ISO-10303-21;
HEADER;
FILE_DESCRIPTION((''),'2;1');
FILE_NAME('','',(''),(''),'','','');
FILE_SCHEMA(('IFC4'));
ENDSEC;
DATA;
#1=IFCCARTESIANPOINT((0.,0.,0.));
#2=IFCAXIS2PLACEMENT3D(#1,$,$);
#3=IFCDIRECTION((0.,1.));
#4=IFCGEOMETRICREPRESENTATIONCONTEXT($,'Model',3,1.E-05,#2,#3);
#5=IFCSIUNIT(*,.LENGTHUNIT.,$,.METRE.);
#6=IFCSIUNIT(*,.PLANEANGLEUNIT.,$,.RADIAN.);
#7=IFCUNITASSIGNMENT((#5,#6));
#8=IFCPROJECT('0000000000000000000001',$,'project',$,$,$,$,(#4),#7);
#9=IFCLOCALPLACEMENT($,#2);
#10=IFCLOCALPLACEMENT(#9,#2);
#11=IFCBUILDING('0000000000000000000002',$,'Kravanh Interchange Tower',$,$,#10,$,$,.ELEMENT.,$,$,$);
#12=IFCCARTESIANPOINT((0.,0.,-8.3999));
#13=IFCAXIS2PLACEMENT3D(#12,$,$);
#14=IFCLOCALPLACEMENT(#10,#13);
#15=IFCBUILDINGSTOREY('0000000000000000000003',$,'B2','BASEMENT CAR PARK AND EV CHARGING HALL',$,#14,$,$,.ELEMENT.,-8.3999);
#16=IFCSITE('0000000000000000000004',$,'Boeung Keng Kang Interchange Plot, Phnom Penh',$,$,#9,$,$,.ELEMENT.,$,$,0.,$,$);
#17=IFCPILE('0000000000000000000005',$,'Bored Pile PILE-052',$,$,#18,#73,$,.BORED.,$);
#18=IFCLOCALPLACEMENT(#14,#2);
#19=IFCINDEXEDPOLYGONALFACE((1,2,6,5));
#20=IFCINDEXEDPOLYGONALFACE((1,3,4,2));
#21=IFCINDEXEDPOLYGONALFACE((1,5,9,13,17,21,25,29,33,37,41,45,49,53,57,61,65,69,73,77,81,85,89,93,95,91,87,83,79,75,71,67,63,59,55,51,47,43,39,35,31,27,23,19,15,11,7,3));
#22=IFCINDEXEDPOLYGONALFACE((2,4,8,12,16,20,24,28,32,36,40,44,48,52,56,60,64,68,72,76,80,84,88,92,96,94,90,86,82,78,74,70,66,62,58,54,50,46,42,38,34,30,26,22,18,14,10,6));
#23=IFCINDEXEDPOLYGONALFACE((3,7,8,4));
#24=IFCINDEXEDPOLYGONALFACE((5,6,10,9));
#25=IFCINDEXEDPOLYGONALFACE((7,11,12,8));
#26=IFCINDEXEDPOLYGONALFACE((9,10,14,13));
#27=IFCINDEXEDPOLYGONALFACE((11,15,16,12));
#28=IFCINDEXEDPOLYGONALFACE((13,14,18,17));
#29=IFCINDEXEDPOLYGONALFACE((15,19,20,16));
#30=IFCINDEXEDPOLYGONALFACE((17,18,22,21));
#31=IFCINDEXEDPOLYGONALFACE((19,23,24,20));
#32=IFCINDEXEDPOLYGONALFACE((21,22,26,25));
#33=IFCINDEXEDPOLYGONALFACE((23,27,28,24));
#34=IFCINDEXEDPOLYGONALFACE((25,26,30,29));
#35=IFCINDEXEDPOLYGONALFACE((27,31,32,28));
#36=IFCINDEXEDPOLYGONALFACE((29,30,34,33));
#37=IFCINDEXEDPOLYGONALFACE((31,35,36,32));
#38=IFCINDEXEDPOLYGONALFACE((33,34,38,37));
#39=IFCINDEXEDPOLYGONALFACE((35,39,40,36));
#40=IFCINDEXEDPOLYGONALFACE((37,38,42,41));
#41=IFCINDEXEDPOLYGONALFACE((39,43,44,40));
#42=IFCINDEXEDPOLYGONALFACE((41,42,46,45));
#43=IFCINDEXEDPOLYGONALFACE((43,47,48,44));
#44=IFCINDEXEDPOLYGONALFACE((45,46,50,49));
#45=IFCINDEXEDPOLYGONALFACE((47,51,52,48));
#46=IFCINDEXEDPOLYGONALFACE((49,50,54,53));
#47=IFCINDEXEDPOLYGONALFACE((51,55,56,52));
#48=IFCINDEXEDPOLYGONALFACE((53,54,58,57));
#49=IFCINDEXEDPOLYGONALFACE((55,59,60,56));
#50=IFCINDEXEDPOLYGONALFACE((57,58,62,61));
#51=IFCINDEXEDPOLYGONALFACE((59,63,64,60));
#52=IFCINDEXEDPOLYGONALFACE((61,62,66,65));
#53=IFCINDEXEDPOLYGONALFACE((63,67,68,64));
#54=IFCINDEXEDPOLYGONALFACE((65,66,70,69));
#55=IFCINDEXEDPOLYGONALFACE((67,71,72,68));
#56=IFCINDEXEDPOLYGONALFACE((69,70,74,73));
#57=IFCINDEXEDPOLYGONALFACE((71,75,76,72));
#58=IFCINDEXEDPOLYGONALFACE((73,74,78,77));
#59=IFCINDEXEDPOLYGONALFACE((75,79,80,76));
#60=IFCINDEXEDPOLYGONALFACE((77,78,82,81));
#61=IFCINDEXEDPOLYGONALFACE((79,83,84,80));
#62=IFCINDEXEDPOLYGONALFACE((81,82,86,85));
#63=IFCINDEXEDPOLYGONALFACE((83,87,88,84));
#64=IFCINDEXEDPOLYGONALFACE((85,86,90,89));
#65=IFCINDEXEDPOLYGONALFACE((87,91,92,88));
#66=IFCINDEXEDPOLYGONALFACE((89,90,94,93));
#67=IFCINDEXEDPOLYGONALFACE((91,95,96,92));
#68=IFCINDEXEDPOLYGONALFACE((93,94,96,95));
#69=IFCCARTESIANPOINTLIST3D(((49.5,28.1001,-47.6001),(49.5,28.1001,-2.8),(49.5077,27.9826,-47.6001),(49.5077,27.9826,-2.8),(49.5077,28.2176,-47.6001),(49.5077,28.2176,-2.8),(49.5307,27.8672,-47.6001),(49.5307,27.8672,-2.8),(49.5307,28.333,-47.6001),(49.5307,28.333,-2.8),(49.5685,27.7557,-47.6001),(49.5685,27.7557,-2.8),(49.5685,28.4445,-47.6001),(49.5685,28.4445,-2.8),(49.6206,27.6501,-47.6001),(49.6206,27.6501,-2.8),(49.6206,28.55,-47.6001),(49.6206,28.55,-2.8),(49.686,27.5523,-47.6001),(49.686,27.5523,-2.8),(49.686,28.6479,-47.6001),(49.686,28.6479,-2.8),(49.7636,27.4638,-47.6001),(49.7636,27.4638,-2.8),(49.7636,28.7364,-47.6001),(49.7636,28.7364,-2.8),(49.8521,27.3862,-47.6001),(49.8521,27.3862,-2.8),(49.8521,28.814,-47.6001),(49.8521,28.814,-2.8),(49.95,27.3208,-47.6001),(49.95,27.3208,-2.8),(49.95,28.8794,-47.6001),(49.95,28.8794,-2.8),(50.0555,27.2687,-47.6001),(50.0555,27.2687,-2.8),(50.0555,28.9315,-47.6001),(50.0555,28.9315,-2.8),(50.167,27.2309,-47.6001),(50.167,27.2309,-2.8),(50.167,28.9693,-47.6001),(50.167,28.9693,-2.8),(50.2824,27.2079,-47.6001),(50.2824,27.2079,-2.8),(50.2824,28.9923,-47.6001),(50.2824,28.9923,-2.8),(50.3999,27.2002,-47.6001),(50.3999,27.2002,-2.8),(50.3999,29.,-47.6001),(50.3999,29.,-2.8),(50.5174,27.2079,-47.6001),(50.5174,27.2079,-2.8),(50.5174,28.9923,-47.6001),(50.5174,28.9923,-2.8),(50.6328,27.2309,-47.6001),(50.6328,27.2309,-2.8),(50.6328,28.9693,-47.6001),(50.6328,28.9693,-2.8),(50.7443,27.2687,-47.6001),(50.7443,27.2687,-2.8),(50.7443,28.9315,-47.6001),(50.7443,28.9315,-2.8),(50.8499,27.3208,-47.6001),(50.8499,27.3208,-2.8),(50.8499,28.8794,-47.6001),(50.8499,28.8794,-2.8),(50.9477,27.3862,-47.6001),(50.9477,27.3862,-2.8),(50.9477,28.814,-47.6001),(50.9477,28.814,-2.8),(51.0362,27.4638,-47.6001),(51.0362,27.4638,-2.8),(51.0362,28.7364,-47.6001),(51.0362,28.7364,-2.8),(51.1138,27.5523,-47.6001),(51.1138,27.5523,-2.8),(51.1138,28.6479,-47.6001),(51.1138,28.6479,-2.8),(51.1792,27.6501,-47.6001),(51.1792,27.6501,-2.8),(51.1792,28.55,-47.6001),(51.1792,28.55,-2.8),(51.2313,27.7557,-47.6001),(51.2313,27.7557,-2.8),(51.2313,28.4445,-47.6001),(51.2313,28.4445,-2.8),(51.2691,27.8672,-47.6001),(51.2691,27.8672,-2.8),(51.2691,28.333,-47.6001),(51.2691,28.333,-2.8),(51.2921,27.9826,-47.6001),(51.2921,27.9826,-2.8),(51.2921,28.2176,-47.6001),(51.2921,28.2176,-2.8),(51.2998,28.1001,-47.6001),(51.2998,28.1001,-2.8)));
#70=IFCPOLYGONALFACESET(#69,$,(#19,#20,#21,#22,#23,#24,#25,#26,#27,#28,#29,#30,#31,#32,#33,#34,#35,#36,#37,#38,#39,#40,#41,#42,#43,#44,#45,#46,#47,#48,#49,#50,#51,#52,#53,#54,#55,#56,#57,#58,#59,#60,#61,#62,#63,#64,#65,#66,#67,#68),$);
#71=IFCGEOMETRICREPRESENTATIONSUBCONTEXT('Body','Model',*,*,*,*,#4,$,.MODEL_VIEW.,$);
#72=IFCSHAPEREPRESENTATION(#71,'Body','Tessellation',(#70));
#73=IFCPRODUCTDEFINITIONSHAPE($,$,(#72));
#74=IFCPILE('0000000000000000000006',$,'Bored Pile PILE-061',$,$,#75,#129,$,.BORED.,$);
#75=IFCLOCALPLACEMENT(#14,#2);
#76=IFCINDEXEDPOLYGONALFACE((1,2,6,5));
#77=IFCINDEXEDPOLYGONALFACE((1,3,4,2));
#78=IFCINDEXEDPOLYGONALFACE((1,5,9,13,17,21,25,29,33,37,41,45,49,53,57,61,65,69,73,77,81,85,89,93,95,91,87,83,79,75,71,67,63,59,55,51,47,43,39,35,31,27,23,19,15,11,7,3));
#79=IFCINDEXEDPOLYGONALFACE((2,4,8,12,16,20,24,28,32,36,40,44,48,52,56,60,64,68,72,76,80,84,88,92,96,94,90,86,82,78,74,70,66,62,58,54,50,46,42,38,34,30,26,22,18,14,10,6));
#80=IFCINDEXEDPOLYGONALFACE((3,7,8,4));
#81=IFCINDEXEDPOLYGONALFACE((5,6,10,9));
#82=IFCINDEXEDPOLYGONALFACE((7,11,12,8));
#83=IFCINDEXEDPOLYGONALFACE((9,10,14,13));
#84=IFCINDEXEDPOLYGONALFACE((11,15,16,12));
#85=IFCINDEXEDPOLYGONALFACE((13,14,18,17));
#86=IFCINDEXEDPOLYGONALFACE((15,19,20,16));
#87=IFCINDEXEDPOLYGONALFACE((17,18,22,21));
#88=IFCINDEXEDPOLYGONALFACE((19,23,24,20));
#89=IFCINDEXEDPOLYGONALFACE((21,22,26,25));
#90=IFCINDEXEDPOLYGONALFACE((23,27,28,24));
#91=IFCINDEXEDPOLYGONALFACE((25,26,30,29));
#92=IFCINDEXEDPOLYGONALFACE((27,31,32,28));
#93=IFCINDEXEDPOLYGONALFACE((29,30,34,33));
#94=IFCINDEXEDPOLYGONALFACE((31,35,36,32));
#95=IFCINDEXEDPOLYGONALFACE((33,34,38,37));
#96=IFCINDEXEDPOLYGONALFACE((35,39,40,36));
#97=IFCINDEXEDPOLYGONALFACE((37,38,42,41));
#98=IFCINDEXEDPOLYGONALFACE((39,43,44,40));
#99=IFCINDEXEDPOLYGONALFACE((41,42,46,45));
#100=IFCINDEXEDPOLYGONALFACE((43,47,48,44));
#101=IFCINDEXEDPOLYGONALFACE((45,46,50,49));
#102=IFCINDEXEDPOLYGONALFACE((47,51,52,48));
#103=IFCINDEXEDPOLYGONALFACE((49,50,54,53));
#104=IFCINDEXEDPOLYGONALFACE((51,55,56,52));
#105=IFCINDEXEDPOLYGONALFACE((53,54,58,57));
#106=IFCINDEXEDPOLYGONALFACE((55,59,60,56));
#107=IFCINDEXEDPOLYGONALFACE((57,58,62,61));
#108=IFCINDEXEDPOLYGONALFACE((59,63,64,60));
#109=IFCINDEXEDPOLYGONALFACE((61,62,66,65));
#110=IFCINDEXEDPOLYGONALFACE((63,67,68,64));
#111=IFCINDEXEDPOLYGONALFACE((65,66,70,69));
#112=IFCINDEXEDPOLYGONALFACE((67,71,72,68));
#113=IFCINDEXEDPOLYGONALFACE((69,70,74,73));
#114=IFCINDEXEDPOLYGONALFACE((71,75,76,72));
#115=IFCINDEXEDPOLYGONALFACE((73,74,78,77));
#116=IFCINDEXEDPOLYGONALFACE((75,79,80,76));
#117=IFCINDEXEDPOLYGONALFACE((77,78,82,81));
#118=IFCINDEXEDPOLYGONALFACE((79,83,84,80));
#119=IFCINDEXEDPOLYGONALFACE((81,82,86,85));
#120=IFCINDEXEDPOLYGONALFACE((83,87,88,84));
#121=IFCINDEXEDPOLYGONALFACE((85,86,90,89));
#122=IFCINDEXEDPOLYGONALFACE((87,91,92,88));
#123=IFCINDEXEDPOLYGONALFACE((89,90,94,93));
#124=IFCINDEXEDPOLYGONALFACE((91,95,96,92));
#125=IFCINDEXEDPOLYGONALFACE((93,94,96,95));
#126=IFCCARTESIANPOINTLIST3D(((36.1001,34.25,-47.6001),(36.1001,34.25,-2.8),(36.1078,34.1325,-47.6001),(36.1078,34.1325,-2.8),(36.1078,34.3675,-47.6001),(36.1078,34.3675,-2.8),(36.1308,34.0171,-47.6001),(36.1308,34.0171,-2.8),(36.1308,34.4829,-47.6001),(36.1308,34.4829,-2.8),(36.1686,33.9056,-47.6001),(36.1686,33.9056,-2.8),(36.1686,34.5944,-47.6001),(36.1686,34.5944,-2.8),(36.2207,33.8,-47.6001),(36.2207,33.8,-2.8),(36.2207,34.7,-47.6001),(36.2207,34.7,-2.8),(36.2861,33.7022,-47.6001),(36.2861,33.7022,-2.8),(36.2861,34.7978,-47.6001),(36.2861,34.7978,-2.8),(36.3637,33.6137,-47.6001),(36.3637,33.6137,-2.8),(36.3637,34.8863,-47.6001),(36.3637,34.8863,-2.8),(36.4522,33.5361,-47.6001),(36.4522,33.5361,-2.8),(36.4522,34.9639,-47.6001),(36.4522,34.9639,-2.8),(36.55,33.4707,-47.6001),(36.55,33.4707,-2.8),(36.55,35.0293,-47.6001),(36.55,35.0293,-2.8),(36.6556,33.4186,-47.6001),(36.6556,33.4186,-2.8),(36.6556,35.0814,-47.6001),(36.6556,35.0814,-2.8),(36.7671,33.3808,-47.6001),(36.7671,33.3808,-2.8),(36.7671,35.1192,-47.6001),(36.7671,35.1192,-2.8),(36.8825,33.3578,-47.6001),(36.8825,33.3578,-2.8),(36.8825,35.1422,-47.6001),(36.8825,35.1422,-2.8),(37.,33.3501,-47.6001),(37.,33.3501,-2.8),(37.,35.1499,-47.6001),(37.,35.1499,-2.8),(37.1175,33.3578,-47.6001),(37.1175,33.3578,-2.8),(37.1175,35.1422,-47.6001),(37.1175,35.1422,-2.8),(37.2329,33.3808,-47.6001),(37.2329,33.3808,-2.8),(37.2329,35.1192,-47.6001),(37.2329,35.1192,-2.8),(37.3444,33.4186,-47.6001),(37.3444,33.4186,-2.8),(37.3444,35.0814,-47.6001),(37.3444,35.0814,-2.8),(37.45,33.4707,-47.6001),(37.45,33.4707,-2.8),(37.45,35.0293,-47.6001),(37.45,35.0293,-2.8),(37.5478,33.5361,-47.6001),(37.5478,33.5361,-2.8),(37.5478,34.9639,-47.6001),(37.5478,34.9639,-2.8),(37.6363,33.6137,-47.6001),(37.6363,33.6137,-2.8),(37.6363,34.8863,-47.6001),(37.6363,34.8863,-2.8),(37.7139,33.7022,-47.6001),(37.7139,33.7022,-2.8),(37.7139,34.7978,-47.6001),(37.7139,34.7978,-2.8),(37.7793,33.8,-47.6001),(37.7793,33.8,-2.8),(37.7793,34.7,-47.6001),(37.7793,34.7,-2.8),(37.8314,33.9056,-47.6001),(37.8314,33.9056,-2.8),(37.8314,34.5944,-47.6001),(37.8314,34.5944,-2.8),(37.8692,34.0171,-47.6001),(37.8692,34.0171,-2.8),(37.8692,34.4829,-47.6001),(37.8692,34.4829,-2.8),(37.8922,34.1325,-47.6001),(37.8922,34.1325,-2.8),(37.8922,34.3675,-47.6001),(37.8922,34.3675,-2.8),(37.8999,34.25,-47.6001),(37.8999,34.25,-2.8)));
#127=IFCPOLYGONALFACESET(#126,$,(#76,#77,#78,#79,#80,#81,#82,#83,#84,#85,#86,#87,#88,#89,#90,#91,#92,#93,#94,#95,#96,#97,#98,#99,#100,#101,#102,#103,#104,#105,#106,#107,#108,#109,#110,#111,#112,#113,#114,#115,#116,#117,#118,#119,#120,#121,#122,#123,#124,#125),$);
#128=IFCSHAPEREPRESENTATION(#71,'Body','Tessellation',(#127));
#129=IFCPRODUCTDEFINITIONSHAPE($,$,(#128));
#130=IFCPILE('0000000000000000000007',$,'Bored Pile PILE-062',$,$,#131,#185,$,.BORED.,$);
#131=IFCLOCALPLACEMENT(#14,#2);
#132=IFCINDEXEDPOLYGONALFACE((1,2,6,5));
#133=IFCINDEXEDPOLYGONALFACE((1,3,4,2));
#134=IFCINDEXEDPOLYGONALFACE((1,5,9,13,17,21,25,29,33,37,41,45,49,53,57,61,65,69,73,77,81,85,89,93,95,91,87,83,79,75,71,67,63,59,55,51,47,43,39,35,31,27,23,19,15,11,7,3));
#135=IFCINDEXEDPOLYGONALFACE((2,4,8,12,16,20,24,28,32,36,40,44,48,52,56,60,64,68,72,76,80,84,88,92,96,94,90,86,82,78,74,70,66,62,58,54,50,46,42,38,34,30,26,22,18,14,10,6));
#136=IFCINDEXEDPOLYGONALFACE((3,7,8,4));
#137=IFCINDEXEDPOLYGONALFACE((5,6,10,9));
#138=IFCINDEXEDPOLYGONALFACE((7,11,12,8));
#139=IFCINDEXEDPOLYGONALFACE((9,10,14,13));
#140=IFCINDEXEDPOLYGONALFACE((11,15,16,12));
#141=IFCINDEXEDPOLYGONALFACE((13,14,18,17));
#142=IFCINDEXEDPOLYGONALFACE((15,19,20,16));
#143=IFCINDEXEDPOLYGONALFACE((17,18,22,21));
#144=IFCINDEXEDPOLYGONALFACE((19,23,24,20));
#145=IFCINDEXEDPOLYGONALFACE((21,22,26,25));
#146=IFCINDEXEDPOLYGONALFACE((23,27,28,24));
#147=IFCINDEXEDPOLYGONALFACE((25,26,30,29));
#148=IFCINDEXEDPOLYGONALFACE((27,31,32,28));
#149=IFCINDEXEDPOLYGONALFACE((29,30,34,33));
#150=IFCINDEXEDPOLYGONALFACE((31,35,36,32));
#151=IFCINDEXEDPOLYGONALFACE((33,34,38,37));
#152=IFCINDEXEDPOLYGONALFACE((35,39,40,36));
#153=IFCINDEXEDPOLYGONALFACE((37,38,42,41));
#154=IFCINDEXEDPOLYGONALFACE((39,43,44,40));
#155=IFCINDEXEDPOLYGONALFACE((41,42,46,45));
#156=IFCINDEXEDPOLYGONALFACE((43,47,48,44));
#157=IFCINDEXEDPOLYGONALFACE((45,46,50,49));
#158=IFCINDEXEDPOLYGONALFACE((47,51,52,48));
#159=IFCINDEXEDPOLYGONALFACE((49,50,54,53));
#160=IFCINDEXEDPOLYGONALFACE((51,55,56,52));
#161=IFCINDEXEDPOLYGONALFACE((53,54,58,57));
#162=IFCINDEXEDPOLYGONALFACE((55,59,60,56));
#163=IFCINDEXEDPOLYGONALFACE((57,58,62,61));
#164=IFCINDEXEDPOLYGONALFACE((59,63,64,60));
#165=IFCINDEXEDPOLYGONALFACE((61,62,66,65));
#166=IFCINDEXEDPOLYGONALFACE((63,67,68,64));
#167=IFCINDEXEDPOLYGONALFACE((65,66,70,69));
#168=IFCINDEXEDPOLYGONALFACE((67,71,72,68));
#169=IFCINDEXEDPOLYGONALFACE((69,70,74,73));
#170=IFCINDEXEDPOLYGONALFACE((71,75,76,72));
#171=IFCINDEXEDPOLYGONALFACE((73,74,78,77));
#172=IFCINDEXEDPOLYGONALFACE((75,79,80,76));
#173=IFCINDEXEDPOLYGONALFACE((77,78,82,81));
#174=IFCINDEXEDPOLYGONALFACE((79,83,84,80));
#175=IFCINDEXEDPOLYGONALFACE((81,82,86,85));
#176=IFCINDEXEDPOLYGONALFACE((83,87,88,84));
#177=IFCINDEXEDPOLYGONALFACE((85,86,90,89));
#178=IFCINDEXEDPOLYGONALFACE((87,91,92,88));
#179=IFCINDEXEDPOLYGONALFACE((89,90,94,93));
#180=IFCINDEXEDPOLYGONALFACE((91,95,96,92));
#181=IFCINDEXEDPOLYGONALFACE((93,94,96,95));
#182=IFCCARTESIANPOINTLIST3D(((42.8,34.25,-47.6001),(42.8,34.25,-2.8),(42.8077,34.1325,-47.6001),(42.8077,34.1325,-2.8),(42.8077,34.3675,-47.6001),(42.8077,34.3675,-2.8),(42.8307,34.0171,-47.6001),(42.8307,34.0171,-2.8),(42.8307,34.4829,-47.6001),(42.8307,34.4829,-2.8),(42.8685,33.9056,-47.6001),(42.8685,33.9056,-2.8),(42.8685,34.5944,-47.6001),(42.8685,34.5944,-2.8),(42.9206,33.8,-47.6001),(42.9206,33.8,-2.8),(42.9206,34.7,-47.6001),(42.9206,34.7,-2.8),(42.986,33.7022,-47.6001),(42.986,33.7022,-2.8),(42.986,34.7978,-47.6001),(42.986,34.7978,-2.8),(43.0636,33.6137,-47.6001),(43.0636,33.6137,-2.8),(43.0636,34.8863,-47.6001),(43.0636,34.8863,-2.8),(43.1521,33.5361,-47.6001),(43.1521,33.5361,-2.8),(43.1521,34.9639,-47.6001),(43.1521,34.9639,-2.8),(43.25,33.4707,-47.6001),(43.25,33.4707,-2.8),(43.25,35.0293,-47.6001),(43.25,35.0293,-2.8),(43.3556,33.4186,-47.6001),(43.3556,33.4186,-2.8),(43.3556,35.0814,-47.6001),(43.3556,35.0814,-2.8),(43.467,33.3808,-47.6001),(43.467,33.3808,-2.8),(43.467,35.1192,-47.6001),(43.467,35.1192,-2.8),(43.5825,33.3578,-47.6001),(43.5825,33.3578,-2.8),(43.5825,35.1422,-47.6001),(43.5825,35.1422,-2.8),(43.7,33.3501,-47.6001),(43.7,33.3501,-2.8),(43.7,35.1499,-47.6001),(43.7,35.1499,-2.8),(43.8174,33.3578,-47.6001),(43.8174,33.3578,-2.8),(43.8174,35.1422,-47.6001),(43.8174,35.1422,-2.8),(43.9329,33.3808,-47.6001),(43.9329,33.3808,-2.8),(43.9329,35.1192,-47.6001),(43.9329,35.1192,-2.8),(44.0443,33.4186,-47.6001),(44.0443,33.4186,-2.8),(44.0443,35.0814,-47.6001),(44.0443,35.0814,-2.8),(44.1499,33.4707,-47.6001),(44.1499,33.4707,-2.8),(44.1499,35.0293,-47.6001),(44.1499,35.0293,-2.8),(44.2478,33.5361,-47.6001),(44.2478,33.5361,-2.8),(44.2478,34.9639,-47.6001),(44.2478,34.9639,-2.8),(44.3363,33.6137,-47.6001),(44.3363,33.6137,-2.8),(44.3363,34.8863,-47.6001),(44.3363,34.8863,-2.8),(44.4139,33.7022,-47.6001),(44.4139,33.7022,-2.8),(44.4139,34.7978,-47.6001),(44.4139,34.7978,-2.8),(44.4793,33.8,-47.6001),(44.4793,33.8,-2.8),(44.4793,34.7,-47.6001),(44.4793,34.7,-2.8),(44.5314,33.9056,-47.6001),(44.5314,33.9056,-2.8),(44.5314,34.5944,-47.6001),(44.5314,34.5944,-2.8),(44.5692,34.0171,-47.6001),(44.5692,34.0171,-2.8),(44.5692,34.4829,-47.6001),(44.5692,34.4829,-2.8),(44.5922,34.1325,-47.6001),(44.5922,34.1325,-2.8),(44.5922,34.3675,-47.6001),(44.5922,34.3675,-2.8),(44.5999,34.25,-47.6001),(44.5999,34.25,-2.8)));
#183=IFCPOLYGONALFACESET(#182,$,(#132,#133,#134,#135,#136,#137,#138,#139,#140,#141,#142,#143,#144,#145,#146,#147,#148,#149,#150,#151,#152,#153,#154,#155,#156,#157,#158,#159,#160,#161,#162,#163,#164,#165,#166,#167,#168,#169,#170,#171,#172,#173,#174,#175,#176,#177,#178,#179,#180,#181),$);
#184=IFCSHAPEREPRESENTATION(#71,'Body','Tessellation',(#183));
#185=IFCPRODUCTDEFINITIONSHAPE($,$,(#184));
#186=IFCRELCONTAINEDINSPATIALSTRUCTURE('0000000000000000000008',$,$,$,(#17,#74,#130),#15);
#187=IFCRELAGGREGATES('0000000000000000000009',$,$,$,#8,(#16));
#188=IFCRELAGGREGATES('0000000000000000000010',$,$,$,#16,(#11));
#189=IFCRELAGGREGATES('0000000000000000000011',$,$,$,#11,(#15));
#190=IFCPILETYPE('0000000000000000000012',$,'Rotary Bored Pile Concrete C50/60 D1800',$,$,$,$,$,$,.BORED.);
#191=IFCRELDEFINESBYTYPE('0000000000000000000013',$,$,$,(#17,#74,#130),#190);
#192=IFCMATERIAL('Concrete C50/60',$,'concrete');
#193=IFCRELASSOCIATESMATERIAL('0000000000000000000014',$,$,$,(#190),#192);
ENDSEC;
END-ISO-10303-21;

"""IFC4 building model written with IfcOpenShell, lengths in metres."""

from ifc_helpers import new_model, si_unit, direction, frame, origin, origin_2d, place, context, subcontext, project, spatial, circle, extrude, material, material_profile, profile_set, type_object, element, save


model = new_model("IFC4")

# Units and contexts
model_context = context("Model", 3, precision=1e-05, world=origin(), true_north=direction((0.0, 1.0)))
body_context = subcontext(model_context, "Body", "Model", "MODEL_VIEW")
ifc_project = project(units=[si_unit("LENGTHUNIT", "METRE"), si_unit("PLANEANGLEUNIT", "RADIAN")], contexts=[model_context])

# Site, building, storey
site_placement = place(None, origin())
site = spatial("IfcSite", under=ifc_project, at=site_placement, Name="Boeung Keng Kang Interchange Plot, Phnom Penh", CompositionType="ELEMENT", RefElevation=0.0)
building_placement = place(site_placement, origin())
building = spatial("IfcBuilding", under=site, at=building_placement, Name="Kravanh Interchange Tower", CompositionType="ELEMENT")
storey_placement = place(building_placement, frame((0.0, 0.0, -8.3999)))
storey = spatial("IfcBuildingStorey", under=building, at=storey_placement, Name="B2", Description="BASEMENT CAR PARK AND EV CHARGING HALL", CompositionType="ELEMENT", Elevation=-8.3999)

# Piles
ifc_material_1 = material(Name="Concrete C50/60", Category="concrete")
ifc_material_profile_1 = material_profile(ifc_material_1, circle(Radius=0.8999, at=origin_2d()), Name="PILE-D1800")
ifc_profile_set_1 = profile_set([ifc_material_profile_1], Name="Concrete C50/60")
pile_type = type_object("IfcPileType", Name="Rotary Bored Pile Concrete C50/60 D1800", PredefinedType="BORED", material=ifc_profile_set_1)
for number, where, z_axis, x_axis, name in (
    (1, (50.3999, 28.1001, -2.8), (0.0, 0.0, -1.0), (1.0, 0.0, 0.0), "Bored Pile PILE-052"),
    (2, (37.0, 34.25, -2.8), (0.0, 0.0, -1.0), (1.0, 0.0, 0.0), "Bored Pile PILE-061"),
    (3, (43.7, 34.25, -2.8), (0.0, 0.0, -1.0), (1.0, 0.0, 0.0), "Bored Pile PILE-062"),
):
    element("IfcPile", number, at=place(storey_placement, frame(where, z_axis=z_axis, x_axis=x_axis)), inside=storey, type_object=pile_type, Name=name, PredefinedType="BORED", context=body_context, shape_type="SweptSolid", body=[
        extrude(circle(Radius=0.8999, at=origin_2d()), origin(), (0.0, 0.0, 1.0), 44.8),
    ])

save(model, "model.ifc")
